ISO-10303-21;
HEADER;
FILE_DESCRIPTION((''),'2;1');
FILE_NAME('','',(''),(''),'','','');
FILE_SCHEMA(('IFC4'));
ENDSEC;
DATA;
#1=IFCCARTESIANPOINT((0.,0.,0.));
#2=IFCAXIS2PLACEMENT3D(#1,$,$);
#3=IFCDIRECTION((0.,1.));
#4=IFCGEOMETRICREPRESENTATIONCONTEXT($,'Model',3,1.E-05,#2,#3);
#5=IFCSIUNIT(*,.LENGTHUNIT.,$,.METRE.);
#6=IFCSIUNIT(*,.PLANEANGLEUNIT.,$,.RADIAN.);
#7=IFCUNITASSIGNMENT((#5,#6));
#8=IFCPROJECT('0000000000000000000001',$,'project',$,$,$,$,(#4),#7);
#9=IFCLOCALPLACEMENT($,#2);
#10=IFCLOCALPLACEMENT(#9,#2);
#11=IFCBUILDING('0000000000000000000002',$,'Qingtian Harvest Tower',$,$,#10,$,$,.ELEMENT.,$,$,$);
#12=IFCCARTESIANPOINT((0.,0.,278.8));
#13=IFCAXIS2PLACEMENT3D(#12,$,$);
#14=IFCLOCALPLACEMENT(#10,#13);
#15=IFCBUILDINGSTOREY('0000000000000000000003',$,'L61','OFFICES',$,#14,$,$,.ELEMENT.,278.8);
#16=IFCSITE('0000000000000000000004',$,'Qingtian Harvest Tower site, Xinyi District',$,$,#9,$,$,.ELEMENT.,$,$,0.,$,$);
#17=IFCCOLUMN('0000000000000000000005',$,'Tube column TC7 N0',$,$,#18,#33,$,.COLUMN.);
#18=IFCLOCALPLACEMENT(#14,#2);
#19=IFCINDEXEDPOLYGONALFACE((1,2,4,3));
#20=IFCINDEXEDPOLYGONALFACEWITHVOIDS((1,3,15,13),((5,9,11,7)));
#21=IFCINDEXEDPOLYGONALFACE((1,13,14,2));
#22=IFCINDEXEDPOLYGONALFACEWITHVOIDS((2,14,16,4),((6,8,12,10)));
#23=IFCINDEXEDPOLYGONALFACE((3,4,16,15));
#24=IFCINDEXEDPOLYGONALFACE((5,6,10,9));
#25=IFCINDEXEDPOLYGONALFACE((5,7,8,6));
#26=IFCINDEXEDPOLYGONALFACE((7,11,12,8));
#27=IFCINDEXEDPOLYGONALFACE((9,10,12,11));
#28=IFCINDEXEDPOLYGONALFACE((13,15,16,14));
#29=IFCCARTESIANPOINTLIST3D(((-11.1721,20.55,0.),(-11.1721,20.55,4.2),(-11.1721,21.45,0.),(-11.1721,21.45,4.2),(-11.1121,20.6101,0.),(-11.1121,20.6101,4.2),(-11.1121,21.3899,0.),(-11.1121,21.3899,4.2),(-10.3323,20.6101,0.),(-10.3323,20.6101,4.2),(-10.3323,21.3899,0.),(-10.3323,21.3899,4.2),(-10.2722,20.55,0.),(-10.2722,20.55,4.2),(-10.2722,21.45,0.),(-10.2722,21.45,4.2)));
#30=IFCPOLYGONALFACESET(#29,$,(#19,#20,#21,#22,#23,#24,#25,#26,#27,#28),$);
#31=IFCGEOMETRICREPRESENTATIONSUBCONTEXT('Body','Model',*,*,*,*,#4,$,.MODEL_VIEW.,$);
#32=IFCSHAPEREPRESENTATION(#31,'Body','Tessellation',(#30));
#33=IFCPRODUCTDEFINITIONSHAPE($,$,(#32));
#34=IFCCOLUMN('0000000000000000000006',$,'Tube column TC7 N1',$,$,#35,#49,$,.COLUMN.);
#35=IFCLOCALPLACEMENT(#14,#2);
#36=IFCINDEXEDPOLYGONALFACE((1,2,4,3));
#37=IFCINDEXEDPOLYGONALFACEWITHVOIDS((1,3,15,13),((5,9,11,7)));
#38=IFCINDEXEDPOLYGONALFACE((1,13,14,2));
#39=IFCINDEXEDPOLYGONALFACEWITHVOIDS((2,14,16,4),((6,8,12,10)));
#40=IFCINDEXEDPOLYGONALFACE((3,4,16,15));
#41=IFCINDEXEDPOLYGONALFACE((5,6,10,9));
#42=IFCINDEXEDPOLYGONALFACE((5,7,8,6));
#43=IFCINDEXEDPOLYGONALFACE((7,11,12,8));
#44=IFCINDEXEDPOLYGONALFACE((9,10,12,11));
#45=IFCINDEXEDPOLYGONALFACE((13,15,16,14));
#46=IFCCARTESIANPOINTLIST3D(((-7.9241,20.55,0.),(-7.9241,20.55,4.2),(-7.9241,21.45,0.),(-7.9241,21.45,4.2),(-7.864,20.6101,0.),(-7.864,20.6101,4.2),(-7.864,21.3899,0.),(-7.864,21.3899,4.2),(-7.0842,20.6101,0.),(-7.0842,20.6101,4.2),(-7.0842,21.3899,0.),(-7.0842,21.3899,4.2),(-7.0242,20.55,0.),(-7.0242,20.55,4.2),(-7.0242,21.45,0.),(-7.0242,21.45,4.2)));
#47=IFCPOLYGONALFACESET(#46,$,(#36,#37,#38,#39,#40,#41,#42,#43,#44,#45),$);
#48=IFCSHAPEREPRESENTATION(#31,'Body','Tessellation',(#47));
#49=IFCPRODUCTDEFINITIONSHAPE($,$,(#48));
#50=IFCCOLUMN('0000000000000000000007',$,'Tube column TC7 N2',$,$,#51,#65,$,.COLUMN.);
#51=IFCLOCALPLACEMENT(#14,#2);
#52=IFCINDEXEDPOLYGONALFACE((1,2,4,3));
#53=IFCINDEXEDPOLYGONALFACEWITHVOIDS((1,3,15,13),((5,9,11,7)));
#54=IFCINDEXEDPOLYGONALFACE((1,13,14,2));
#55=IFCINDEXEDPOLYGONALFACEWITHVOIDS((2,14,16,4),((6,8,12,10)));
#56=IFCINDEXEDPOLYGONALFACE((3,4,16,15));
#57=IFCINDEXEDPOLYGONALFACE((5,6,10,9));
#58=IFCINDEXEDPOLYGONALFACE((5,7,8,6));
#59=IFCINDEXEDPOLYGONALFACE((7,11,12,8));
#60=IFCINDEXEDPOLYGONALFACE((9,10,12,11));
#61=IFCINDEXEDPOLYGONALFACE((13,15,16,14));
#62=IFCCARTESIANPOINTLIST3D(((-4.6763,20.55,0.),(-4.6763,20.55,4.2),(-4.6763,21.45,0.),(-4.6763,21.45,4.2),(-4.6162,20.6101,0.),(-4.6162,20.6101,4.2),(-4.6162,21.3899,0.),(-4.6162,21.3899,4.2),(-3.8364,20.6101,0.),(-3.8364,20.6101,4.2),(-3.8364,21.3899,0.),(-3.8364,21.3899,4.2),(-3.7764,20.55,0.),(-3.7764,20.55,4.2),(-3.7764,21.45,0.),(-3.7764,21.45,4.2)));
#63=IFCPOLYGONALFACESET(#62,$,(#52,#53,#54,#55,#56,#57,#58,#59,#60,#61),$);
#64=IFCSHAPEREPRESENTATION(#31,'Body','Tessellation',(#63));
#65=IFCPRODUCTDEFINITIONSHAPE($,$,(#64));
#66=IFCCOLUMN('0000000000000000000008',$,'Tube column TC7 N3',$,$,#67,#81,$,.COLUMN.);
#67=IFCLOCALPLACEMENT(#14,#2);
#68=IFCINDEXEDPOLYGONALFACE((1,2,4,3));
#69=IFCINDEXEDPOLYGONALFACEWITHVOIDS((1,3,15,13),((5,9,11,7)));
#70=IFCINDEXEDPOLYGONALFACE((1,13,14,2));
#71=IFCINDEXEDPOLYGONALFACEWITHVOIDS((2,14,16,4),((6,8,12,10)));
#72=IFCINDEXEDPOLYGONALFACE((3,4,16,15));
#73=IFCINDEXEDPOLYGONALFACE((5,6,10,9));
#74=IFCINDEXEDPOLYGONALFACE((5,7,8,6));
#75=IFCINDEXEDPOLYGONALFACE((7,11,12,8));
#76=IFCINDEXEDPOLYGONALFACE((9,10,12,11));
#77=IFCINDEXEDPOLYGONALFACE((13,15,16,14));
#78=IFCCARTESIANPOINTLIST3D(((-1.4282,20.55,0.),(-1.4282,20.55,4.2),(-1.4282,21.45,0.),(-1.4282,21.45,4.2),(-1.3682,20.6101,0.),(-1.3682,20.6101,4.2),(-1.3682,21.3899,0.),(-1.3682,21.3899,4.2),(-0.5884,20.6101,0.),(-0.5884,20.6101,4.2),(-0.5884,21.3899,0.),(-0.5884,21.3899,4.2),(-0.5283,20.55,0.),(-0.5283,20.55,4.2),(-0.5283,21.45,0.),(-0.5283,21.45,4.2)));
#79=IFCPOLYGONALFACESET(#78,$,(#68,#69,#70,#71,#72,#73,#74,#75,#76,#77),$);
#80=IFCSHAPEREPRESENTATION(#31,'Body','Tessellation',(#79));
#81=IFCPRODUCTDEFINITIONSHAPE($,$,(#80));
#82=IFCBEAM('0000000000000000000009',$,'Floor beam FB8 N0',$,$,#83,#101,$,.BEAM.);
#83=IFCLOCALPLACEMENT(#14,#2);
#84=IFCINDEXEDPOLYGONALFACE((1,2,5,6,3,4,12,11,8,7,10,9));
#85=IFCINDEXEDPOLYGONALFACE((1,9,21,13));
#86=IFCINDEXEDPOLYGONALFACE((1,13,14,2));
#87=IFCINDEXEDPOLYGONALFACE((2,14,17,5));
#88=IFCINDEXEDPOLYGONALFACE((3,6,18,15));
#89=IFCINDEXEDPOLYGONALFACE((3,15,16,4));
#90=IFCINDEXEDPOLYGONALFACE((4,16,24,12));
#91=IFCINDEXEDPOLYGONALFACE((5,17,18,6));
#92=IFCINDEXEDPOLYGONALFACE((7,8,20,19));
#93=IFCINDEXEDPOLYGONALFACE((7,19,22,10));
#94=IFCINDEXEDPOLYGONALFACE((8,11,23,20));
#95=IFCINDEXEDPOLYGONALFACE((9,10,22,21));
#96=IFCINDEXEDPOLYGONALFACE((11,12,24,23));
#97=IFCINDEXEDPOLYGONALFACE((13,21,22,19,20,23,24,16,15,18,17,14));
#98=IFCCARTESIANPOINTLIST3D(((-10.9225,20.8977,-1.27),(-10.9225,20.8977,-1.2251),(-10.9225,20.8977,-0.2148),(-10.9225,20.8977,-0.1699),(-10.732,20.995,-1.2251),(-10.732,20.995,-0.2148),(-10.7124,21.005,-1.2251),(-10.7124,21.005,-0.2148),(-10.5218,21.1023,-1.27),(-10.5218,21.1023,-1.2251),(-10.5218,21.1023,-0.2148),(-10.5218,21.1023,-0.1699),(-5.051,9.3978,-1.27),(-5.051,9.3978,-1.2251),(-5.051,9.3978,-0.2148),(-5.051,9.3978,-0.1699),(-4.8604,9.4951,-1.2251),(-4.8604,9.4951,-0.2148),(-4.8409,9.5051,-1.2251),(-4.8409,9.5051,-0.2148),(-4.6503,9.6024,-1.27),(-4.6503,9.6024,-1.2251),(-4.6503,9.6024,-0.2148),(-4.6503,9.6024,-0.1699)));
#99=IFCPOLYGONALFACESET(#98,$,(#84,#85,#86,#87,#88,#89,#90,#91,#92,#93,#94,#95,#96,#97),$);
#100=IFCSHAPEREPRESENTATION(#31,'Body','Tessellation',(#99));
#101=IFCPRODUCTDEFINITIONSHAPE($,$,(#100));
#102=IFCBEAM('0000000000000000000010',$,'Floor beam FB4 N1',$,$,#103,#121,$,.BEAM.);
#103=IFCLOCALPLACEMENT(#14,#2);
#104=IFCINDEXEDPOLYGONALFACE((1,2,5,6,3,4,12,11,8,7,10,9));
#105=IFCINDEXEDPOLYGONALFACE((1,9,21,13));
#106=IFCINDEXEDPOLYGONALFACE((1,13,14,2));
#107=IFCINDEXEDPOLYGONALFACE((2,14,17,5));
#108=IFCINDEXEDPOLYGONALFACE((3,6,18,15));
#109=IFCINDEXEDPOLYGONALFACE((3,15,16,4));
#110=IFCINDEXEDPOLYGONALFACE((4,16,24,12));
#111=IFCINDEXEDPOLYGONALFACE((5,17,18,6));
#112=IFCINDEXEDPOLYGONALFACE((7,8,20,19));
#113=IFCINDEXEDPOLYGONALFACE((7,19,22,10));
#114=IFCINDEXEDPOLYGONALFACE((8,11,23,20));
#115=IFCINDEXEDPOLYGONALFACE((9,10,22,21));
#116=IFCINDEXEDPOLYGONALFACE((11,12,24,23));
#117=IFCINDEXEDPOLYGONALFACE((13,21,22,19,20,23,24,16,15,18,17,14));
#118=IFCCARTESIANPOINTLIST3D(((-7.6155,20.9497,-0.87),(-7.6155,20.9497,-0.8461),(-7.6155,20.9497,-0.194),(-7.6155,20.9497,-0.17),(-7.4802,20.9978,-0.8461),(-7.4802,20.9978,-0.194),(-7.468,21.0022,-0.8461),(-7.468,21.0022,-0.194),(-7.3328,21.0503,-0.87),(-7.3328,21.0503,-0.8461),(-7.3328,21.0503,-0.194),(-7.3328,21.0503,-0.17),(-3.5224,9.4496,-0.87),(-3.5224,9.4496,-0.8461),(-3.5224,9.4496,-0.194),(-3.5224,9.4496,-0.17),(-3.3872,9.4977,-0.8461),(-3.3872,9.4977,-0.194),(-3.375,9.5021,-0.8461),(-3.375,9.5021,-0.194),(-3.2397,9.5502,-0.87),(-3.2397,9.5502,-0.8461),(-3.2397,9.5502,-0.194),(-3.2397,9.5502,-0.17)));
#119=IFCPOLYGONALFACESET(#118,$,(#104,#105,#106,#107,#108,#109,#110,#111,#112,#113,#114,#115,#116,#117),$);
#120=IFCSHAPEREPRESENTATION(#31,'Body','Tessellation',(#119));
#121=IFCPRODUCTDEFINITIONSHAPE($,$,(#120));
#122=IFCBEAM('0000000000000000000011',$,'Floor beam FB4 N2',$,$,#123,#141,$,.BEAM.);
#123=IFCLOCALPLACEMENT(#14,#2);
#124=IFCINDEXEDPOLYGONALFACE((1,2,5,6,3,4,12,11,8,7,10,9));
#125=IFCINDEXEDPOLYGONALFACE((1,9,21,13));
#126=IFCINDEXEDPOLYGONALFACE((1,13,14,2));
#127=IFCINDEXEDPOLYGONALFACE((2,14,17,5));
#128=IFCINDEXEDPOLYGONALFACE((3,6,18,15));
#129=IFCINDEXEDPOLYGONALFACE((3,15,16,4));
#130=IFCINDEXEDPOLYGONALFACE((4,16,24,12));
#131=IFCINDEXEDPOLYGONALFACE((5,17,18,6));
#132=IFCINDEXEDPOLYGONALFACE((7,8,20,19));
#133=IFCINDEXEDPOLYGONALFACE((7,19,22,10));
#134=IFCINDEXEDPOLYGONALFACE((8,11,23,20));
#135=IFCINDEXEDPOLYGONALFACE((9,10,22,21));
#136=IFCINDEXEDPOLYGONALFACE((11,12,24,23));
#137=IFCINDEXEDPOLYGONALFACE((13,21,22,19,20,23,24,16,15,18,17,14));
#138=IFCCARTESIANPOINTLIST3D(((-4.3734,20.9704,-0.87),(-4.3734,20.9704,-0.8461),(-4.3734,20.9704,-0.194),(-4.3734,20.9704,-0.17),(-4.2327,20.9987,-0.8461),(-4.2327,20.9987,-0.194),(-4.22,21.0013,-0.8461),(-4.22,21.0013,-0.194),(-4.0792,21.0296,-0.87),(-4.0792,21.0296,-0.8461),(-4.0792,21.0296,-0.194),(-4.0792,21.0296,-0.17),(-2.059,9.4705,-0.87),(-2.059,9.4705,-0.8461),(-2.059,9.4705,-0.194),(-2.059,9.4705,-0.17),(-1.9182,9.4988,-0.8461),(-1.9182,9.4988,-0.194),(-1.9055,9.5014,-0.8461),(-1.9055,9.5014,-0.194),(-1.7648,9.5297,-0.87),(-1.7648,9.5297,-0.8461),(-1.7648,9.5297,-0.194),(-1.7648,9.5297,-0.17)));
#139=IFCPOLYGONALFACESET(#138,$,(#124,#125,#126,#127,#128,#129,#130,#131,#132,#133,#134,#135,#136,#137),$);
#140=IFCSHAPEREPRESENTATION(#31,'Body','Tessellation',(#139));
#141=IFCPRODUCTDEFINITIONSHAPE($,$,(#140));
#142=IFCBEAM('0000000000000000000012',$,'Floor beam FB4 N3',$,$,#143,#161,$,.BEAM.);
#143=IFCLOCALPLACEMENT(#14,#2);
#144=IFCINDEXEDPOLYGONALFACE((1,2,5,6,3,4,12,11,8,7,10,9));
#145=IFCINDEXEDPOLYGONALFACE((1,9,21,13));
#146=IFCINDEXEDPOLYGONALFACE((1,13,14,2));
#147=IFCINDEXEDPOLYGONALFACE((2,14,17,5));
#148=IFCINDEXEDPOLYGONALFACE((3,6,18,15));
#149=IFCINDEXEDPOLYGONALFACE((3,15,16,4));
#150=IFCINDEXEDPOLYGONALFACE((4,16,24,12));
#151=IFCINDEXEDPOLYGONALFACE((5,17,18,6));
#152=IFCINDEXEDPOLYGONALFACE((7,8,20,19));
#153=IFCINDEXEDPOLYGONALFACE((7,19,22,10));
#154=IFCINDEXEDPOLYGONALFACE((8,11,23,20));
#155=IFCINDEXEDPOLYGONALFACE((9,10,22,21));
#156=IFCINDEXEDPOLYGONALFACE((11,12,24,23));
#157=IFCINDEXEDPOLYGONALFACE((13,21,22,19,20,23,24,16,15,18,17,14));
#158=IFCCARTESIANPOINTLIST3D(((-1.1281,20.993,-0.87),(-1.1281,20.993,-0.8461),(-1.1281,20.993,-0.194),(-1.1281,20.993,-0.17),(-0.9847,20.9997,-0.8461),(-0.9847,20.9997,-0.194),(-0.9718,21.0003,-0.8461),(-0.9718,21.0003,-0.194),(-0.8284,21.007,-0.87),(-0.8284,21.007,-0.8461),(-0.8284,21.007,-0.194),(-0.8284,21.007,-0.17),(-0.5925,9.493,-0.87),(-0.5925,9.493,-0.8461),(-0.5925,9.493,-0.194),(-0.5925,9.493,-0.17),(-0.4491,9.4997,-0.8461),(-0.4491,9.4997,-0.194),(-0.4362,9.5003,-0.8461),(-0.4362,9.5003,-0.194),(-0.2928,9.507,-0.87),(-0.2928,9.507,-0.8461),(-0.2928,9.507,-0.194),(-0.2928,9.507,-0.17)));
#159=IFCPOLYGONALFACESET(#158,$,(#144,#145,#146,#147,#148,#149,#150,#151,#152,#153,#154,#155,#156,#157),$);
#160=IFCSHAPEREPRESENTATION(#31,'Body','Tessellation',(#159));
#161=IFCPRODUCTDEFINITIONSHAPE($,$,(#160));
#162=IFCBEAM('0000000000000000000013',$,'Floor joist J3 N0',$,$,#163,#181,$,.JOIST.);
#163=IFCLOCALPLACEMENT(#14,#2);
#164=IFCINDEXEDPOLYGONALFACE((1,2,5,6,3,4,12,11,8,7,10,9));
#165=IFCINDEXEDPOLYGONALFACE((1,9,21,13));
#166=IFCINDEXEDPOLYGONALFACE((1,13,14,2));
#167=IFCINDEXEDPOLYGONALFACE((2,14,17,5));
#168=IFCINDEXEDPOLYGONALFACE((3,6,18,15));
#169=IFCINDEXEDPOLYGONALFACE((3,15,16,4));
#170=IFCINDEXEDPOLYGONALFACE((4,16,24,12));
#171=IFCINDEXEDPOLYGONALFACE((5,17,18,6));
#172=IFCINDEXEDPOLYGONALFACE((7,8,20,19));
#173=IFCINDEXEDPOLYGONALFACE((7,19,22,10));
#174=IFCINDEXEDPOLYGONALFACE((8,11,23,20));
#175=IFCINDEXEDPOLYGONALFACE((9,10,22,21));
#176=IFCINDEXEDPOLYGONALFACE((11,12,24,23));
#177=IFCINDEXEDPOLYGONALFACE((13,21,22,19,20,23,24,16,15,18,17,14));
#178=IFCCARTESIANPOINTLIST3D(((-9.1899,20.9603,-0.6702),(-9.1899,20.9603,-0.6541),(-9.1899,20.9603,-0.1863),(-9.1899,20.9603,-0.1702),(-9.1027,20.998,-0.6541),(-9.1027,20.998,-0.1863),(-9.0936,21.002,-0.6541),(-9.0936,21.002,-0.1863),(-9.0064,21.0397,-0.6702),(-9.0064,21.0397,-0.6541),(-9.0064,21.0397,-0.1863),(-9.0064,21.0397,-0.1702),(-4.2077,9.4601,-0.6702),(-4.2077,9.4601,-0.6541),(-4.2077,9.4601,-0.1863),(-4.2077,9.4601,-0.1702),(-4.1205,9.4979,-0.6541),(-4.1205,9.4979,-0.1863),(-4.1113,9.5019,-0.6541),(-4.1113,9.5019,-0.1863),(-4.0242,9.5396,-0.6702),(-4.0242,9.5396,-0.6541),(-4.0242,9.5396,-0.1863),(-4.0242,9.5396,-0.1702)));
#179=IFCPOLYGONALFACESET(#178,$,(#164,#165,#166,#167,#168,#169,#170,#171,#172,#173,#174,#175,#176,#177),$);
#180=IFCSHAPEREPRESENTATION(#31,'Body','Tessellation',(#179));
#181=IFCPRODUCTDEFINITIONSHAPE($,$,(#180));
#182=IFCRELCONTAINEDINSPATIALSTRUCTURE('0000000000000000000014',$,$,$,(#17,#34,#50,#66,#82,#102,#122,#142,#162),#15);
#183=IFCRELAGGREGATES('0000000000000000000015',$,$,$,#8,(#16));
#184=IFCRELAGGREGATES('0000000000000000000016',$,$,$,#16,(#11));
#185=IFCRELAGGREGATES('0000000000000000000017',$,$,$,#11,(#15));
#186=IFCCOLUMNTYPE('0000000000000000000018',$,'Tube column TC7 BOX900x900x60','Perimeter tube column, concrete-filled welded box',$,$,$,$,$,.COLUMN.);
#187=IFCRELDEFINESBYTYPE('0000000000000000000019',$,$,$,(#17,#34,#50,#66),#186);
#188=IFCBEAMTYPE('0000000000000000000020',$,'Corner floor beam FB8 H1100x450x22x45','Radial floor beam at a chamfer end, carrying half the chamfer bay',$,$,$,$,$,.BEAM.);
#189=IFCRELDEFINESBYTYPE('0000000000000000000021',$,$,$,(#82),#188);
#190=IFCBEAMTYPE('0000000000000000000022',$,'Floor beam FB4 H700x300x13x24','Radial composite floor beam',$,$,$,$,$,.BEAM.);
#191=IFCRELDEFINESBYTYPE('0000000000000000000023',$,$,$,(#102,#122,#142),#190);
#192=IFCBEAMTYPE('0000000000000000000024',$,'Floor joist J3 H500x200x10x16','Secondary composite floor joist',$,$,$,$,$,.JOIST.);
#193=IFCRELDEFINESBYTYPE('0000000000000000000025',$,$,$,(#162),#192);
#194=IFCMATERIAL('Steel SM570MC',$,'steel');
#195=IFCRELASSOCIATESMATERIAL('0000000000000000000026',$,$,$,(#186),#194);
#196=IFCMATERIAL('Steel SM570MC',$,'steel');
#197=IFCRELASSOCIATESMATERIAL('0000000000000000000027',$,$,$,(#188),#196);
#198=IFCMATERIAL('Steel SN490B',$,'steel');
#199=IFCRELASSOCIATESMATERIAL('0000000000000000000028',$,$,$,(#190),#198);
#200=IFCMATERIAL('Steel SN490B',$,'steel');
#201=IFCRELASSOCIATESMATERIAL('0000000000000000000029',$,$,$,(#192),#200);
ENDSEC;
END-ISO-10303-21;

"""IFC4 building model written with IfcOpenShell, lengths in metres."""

from ifc_helpers import new_model, si_unit, direction, frame, origin, origin_2d, place, context, subcontext, project, spatial, hollow_rectangle, i_section, extrude, material, material_profile, profile_set, type_object, element, save


model = new_model("IFC4")

# Units and contexts
model_context = context("Model", 3, precision=1e-05, world=origin(), true_north=direction((0.0, 1.0)))
body_context = subcontext(model_context, "Body", "Model", "MODEL_VIEW")
ifc_project = project(units=[si_unit("LENGTHUNIT", "METRE"), si_unit("PLANEANGLEUNIT", "RADIAN")], contexts=[model_context])

# Site, building, storey
site_placement = place(None, origin())
site = spatial("IfcSite", under=ifc_project, at=site_placement, Name="Qingtian Harvest Tower site, Xinyi District", CompositionType="ELEMENT", RefElevation=0.0)
building_placement = place(site_placement, origin())
building = spatial("IfcBuilding", under=site, at=building_placement, Name="Qingtian Harvest Tower", CompositionType="ELEMENT")
storey_placement = place(building_placement, frame((0.0, 0.0, 278.8)))
storey = spatial("IfcBuildingStorey", under=building, at=storey_placement, Name="L61", Description="OFFICES", CompositionType="ELEMENT", Elevation=278.8)

# Columns
ifc_material_1 = material(Name="Steel SM570MC", Category="steel")
ifc_material_profile_1 = material_profile(ifc_material_1, hollow_rectangle(XDim=0.8999, YDim=0.8999, WallThickness=0.0601, at=origin_2d()), Name="BOX900x900x60")
ifc_profile_set_1 = profile_set([ifc_material_profile_1], Name="Steel SM570MC")
column_type = type_object("IfcColumnType", Name="Tube column TC7 BOX900x900x60", Description="Perimeter tube column, concrete-filled welded box", PredefinedType="COLUMN", material=ifc_profile_set_1)
for number, where, z_axis, x_axis, name in (
    (1, (-10.7222, 21.0, 0.0), (0.0, 0.0, 1.0), (-1.0, 0.0, 0.0), "Tube column TC7 N0"),
    (2, (-7.4741, 21.0, 0.0), (0.0, 0.0, 1.0), (-1.0, 0.0, 0.0), "Tube column TC7 N1"),
    (3, (-4.2263, 21.0, 0.0), (0.0, 0.0, 1.0), (-1.0, 0.0, 0.0), "Tube column TC7 N2"),
    (4, (-0.9783, 21.0, 0.0), (0.0, 0.0, 1.0), (-1.0, 0.0, 0.0), "Tube column TC7 N3"),
):
    element("IfcColumn", number, at=place(storey_placement, frame(where, z_axis=z_axis, x_axis=x_axis)), inside=storey, type_object=column_type, Name=name, PredefinedType="COLUMN", context=body_context, shape_type="SweptSolid", body=[
        extrude(hollow_rectangle(XDim=0.8999, YDim=0.8999, WallThickness=0.0601, at=origin_2d()), origin(), (0.0, 0.0, 1.0), 4.2),
    ])

# Beams
ifc_material_2 = material(Name="Steel SM570MC", Category="steel")
ifc_material_profile_2 = material_profile(ifc_material_2, i_section(OverallWidth=0.45, OverallDepth=1.1001, WebThickness=0.022, FlangeThickness=0.0449, at=origin_2d()), Name="H1100x450x22x45")
ifc_profile_set_2 = profile_set([ifc_material_profile_2], Name="Steel SM570MC")
beam_type_1 = type_object("IfcBeamType", Name="Corner floor beam FB8 H1100x450x22x45", Description="Radial floor beam at a chamfer end, carrying half the chamfer bay", PredefinedType="BEAM", material=ifc_profile_set_2)
beam_1_placement = place(storey_placement, frame((-10.7222, 21.0, -0.72), z_axis=(0.454731, -0.890629, 0.0), x_axis=(0.890629, 0.454731, 0.0)))
element("IfcBeam", 5, at=beam_1_placement, inside=storey, type_object=beam_type_1, Name="Floor beam FB8 N0", PredefinedType="BEAM", context=body_context, shape_type="SweptSolid", body=[
    extrude(i_section(OverallWidth=0.45, OverallDepth=1.1001, WebThickness=0.022, FlangeThickness=0.0449, at=origin_2d()), origin(), (0.0, 0.0, 1.0), 12.9121),
])
ifc_material_3 = material(Name="Steel SN490B", Category="steel")
ifc_material_profile_3 = material_profile(ifc_material_3, i_section(OverallWidth=0.3, OverallDepth=0.7, WebThickness=0.0129, FlangeThickness=0.0239, at=origin_2d()), Name="H700x300x13x24")
ifc_profile_set_3 = profile_set([ifc_material_profile_3], Name="Steel SN490B")
beam_type_2 = type_object("IfcBeamType", Name="Floor beam FB4 H700x300x13x24", Description="Radial composite floor beam", PredefinedType="BEAM", material=ifc_profile_set_3)
beam_2_placement = place(storey_placement, frame((-7.4741, 21.0, -0.52), z_axis=(0.33531, -0.942108, 0.0), x_axis=(0.942108, 0.33531, 0.0)))
element("IfcBeam", 6, at=beam_2_placement, inside=storey, type_object=beam_type_2, Name="Floor beam FB4 N1", PredefinedType="BEAM", context=body_context, shape_type="SweptSolid", body=[
    extrude(i_section(OverallWidth=0.3, OverallDepth=0.7, WebThickness=0.0129, FlangeThickness=0.0239, at=origin_2d()), origin(), (0.0, 0.0, 1.0), 12.2068),
])
beam_3_placement = place(storey_placement, frame((-4.2263, 21.0, -0.52), z_axis=(0.197301, -0.980343, 0.0), x_axis=(0.980343, 0.197301, 0.0)))
element("IfcBeam", 7, at=beam_3_placement, inside=storey, type_object=beam_type_2, Name="Floor beam FB4 N2", PredefinedType="BEAM", context=body_context, shape_type="SweptSolid", body=[
    extrude(i_section(OverallWidth=0.3, OverallDepth=0.7, WebThickness=0.0129, FlangeThickness=0.0239, at=origin_2d()), origin(), (0.0, 0.0, 1.0), 11.7305),
])
beam_4_placement = place(storey_placement, frame((-0.9783, 21.0, -0.52), z_axis=(0.046527, -0.998917, 0.0), x_axis=(0.998917, 0.046527, 0.0)))
element("IfcBeam", 8, at=beam_4_placement, inside=storey, type_object=beam_type_2, Name="Floor beam FB4 N3", PredefinedType="BEAM", context=body_context, shape_type="SweptSolid", body=[
    extrude(i_section(OverallWidth=0.3, OverallDepth=0.7, WebThickness=0.0129, FlangeThickness=0.0239, at=origin_2d()), origin(), (0.0, 0.0, 1.0), 11.5125),
])
ifc_material_4 = material(Name="Steel SN490B", Category="steel")
ifc_material_profile_4 = material_profile(ifc_material_4, i_section(OverallWidth=0.2, OverallDepth=0.5, WebThickness=0.01, FlangeThickness=0.0161, at=origin_2d()), Name="H500x200x10x16")
ifc_profile_set_4 = profile_set([ifc_material_profile_4], Name="Steel SN490B")
beam_type_3 = type_object("IfcBeamType", Name="Floor joist J3 H500x200x10x16", Description="Secondary composite floor joist", PredefinedType="JOIST", material=ifc_profile_set_4)
beam_5_placement = place(storey_placement, frame((-9.0981, 21.0, -0.4202), z_axis=(0.39753, -0.917589, 0.0), x_axis=(0.917589, 0.39753, 0.0)))
element("IfcBeam", 9, at=beam_5_placement, inside=storey, type_object=beam_type_3, Name="Floor joist J3 N0", PredefinedType="JOIST", context=body_context, shape_type="SweptSolid", body=[
    extrude(i_section(OverallWidth=0.2, OverallDepth=0.5, WebThickness=0.01, FlangeThickness=0.0161, at=origin_2d()), origin(), (0.0, 0.0, 1.0), 12.533),
])

save(model, "model.ifc")
